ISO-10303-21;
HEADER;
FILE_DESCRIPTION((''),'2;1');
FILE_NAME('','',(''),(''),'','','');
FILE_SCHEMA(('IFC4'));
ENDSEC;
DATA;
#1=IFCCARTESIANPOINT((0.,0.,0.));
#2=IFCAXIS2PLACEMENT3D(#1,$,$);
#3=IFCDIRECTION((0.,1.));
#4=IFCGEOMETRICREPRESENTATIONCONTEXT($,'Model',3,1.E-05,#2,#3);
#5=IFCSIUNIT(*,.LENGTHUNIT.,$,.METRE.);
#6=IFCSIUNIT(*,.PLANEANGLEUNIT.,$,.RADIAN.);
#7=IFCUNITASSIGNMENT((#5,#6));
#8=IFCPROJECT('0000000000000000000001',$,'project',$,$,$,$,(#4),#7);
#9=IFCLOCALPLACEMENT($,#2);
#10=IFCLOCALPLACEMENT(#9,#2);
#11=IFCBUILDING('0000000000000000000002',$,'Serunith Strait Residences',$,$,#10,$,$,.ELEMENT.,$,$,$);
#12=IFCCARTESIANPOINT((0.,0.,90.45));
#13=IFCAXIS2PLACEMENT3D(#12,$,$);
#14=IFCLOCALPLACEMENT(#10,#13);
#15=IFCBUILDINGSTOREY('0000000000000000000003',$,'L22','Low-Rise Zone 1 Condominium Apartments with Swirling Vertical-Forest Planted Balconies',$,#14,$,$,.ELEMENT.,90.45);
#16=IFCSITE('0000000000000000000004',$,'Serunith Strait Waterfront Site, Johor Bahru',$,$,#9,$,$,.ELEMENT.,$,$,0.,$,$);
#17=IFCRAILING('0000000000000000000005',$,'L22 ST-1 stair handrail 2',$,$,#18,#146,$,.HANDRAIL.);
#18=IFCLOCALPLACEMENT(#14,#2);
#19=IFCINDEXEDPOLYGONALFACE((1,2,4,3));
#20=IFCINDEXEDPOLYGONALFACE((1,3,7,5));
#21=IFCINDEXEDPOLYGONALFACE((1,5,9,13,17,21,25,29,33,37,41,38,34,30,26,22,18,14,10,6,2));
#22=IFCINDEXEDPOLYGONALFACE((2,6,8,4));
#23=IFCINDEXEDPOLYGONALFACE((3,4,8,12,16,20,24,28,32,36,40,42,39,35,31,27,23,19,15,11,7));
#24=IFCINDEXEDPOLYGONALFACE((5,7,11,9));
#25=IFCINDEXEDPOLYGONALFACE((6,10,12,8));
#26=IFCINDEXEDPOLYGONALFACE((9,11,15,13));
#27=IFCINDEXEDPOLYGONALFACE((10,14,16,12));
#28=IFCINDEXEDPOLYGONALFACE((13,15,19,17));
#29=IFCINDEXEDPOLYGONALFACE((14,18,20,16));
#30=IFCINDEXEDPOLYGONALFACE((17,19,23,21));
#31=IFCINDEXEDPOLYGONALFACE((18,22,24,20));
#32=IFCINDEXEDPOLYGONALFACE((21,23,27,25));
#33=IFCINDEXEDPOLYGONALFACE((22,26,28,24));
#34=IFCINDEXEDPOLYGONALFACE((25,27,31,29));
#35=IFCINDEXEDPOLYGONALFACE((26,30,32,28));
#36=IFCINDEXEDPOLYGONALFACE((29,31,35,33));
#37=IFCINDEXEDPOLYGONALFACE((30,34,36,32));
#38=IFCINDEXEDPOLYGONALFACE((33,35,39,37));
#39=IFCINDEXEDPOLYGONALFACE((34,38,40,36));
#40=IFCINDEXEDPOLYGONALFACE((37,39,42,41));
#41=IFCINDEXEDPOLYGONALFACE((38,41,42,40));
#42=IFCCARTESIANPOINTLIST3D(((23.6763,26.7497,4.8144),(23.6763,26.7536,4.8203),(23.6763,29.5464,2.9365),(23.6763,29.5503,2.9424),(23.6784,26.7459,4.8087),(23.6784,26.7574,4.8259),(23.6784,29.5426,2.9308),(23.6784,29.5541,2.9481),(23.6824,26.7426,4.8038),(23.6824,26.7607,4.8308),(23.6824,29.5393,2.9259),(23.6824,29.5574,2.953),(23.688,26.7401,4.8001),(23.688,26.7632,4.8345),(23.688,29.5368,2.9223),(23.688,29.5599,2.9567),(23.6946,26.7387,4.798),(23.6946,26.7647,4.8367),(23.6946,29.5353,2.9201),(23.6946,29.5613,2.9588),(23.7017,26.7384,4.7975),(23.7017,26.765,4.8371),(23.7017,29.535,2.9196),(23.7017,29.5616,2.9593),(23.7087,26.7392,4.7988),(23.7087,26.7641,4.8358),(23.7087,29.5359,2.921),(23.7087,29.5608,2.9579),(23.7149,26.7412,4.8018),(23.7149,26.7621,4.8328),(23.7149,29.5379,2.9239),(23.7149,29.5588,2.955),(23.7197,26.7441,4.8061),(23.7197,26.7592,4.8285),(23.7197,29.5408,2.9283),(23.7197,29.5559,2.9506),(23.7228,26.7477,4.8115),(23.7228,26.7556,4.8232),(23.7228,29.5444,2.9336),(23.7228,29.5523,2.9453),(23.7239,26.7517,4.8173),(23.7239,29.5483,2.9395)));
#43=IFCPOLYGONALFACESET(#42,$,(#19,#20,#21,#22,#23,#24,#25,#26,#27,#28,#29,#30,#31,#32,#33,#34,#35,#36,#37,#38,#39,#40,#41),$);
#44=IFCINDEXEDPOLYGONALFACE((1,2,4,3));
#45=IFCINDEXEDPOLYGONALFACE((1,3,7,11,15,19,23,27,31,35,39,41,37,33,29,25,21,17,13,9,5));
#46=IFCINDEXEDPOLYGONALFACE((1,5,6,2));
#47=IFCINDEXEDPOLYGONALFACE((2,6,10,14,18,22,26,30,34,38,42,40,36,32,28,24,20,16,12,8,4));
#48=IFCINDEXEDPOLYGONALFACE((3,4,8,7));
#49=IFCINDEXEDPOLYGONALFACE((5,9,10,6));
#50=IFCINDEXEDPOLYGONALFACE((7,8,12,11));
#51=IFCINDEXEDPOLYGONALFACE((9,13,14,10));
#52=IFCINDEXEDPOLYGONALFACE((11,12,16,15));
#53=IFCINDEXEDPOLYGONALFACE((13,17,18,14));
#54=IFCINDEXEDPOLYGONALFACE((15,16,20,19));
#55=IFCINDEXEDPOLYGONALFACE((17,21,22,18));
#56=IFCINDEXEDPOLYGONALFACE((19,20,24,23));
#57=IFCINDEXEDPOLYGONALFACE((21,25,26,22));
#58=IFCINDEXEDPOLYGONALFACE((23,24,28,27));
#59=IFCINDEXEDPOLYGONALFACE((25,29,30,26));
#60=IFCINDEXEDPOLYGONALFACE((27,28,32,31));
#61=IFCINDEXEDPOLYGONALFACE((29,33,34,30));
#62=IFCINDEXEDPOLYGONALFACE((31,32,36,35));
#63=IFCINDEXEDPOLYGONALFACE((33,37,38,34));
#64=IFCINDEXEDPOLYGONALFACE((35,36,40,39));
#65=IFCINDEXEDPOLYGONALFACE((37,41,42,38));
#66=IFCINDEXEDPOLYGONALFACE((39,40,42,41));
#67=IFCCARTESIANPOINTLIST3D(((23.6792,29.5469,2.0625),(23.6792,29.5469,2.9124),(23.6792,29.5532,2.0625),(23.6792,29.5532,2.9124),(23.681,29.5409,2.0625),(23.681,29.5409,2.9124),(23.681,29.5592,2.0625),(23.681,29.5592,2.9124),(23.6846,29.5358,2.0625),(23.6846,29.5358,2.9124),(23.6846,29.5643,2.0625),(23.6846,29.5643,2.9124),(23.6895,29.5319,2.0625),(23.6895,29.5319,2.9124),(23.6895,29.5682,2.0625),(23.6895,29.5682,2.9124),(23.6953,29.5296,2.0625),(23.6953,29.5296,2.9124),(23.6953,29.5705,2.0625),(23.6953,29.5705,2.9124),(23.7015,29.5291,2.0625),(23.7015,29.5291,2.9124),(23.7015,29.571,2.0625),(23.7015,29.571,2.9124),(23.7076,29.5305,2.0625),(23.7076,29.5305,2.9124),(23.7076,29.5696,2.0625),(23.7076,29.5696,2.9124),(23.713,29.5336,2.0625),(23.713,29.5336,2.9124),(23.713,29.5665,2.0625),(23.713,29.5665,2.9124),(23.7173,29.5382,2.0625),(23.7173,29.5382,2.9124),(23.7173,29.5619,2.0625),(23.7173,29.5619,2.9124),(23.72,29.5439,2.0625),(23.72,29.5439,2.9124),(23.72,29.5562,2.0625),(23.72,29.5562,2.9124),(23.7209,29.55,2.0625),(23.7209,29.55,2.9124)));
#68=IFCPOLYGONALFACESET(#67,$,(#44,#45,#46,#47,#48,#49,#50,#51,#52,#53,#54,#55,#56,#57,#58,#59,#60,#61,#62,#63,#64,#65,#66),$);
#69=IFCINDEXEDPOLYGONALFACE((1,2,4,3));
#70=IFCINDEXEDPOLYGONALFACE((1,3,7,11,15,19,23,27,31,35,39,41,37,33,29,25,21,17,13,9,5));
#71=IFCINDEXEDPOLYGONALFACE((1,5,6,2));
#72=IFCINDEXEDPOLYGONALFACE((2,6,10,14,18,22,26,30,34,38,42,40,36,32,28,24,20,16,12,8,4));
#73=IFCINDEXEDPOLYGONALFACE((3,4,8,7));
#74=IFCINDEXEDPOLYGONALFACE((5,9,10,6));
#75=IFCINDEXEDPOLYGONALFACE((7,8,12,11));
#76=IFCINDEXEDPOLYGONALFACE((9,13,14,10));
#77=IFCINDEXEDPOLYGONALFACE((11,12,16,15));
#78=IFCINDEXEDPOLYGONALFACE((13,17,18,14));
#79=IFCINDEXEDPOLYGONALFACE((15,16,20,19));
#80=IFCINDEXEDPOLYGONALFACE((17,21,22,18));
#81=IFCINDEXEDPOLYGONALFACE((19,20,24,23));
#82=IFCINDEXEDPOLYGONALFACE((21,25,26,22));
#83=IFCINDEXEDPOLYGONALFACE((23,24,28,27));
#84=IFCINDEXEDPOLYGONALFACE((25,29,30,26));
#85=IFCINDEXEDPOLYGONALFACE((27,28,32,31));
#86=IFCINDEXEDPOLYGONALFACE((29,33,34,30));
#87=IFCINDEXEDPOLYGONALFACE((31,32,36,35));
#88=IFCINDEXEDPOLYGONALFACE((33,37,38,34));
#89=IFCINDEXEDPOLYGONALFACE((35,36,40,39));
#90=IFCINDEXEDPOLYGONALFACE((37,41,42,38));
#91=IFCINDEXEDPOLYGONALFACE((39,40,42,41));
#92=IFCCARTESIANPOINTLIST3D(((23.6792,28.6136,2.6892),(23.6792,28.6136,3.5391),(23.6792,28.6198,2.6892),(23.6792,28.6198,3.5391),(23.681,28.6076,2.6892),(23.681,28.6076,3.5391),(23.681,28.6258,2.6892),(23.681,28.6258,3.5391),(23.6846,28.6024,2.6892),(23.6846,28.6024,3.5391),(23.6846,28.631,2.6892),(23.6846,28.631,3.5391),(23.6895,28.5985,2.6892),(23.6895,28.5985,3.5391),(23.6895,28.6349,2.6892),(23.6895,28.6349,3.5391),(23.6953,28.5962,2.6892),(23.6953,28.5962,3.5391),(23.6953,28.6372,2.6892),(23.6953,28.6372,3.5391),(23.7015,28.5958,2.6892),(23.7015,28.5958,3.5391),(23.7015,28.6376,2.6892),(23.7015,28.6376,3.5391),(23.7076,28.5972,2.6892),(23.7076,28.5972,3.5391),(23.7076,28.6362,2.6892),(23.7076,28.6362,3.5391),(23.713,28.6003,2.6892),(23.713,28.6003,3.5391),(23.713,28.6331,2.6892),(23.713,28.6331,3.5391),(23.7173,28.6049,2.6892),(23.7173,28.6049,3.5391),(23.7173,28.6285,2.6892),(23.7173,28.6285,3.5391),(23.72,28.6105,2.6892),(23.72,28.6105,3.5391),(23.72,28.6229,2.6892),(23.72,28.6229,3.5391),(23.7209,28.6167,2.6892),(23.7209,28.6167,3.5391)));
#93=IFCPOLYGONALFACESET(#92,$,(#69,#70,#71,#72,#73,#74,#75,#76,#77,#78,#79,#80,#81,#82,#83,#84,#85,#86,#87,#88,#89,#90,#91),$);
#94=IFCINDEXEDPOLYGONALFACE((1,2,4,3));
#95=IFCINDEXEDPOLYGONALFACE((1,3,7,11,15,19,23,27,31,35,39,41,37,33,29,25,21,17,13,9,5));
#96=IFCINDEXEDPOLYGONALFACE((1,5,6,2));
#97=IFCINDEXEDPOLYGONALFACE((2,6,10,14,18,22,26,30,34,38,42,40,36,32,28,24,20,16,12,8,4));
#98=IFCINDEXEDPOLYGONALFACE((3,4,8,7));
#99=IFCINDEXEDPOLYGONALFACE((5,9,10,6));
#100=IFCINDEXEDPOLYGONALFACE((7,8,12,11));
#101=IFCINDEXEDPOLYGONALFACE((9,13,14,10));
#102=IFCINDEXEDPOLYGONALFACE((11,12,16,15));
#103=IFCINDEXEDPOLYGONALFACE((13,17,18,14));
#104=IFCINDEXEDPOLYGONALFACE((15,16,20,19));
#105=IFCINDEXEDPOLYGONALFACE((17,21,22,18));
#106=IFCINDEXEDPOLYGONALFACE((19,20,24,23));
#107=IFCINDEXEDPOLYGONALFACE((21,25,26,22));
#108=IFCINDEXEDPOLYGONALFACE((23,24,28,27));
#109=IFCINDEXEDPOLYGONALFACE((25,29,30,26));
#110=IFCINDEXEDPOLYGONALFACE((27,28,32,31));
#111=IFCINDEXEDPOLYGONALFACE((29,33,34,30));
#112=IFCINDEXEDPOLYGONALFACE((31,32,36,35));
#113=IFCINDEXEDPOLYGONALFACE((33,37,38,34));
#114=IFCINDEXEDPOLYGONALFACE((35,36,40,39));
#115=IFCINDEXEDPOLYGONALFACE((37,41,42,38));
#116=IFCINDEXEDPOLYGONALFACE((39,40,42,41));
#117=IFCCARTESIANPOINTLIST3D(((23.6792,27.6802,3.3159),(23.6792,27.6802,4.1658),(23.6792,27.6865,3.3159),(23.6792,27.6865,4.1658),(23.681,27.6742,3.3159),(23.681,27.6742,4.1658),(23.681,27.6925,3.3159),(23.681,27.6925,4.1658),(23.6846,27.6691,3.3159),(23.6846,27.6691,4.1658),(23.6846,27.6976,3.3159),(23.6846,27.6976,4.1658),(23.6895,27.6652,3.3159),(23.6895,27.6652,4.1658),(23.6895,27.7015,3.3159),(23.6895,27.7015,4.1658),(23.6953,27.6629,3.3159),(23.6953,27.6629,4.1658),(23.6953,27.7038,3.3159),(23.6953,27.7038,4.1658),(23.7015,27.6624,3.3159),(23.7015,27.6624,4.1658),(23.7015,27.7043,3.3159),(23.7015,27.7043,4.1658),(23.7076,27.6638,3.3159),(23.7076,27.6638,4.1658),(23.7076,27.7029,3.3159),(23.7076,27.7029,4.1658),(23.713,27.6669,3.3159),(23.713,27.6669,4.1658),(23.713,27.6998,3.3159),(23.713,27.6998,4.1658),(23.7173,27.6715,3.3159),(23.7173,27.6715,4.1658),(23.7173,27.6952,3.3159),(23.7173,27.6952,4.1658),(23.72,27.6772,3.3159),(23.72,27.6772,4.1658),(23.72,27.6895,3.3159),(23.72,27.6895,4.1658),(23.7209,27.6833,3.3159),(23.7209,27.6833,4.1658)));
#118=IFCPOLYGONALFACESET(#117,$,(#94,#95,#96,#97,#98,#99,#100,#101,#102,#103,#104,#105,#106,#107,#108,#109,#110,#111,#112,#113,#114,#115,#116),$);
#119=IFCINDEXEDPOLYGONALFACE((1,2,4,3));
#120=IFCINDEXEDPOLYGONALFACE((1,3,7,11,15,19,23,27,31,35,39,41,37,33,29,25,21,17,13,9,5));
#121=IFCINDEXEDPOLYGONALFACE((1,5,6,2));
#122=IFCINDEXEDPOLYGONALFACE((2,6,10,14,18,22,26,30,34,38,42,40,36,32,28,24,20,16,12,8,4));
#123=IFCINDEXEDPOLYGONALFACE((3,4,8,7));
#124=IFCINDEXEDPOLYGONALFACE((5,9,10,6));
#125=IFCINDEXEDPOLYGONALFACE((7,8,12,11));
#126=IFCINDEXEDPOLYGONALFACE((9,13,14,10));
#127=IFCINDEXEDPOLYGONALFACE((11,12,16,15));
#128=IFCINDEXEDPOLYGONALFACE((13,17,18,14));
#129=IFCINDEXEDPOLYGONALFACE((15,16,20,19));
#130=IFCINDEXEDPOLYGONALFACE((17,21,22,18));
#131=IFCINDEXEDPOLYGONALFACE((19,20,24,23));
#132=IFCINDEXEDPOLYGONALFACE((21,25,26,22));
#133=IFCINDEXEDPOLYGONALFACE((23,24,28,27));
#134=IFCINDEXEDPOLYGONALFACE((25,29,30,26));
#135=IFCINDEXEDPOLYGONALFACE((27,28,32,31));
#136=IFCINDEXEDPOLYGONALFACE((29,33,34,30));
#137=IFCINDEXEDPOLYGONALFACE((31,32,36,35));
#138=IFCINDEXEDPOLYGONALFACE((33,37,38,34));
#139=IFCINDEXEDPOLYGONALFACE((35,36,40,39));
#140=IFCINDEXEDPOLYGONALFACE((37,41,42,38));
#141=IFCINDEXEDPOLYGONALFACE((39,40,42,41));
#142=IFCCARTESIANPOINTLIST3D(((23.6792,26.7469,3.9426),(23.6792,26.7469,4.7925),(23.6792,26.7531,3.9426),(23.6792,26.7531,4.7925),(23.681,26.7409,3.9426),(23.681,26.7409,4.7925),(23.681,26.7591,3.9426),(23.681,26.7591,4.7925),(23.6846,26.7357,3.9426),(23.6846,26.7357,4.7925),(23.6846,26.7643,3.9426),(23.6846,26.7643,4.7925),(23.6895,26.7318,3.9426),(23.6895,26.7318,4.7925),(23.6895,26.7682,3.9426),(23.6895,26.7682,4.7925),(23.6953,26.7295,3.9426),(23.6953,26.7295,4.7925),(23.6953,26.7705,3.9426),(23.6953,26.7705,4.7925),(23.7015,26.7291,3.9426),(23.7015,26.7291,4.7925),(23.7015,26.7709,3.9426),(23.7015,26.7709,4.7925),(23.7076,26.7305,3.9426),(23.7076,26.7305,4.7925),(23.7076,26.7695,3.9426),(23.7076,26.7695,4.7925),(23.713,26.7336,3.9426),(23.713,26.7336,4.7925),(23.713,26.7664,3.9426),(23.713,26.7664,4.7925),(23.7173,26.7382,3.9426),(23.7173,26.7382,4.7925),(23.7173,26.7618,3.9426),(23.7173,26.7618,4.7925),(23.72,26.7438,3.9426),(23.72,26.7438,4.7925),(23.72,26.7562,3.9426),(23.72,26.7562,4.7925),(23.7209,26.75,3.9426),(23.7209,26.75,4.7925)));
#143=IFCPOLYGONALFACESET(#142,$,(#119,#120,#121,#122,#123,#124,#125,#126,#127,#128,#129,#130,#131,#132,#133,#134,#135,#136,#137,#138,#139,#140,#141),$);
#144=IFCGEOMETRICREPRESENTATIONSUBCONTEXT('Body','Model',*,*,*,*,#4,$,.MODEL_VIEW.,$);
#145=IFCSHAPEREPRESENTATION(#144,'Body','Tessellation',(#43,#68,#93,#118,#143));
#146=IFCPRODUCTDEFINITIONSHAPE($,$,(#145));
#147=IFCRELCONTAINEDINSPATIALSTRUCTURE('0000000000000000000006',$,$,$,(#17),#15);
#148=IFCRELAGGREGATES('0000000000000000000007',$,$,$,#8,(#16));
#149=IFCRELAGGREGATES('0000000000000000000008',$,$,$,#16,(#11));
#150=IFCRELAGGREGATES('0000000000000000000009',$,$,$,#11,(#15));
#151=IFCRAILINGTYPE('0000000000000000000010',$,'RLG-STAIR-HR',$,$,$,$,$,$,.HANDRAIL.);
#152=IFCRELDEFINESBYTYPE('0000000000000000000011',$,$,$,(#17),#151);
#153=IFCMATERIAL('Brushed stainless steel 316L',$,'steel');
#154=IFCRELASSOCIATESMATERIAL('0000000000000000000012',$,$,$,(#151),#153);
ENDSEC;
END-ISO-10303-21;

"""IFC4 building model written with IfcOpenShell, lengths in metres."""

from ifc_helpers import new_model, si_unit, direction, frame, origin, origin_2d, place, context, subcontext, project, spatial, circle, extrude, material, type_object, element, save


model = new_model("IFC4")

# Units and contexts
model_context = context("Model", 3, precision=1e-05, world=origin(), true_north=direction((0.0, 1.0)))
body_context = subcontext(model_context, "Body", "Model", "MODEL_VIEW")
ifc_project = project(units=[si_unit("LENGTHUNIT", "METRE"), si_unit("PLANEANGLEUNIT", "RADIAN")], contexts=[model_context])

# Site, building, storey
site_placement = place(None, origin())
site = spatial("IfcSite", under=ifc_project, at=site_placement, Name="Serunith Strait Waterfront Site, Johor Bahru", CompositionType="ELEMENT", RefElevation=0.0)
building_placement = place(site_placement, origin())
building = spatial("IfcBuilding", under=site, at=building_placement, Name="Serunith Strait Residences", CompositionType="ELEMENT")
storey_placement = place(building_placement, frame((0.0, 0.0, 90.45)))
storey = spatial("IfcBuildingStorey", under=building, at=storey_placement, Name="L22", Description="Low-Rise Zone 1 Condominium Apartments with Swirling Vertical-Forest Planted Balconies", CompositionType="ELEMENT", Elevation=90.45)

# Railing
ifc_material_1 = material(Name="Brushed stainless steel 316L", Category="steel")
railing_type_1 = type_object("IfcRailingType", Name="RLG-STAIR-HR", PredefinedType="HANDRAIL", material=ifc_material_1)
railing_1_placement = place(storey_placement, frame((23.7, 29.55, 2.0625)))
element("IfcRailing", 1, at=railing_1_placement, inside=storey, type_object=railing_type_1, Name="L22 ST-1 stair handrail 2", PredefinedType="HANDRAIL", context=body_context, shape_type="SweptSolid", body=[
    extrude(circle(Radius=0.0239, at=origin_2d()), frame((0.0, -0.0017, 0.877), z_axis=(0.0, -0.830208, 0.557453), x_axis=(1.0, 0.0, 0.0)), (0.0, 0.0, 1.0), 3.3687),
    extrude(circle(Radius=0.021, at=origin_2d()), origin(), (0.0, 0.0, 1.0), 0.8499),
    extrude(circle(Radius=0.021, at=origin_2d()), frame((0.0, -0.9333, 0.6267)), (0.0, 0.0, 1.0), 0.8499),
    extrude(circle(Radius=0.021, at=origin_2d()), frame((0.0, -1.8667, 1.2534)), (0.0, 0.0, 1.0), 0.8499),
    extrude(circle(Radius=0.021, at=origin_2d()), frame((0.0, -2.8, 1.8801)), (0.0, 0.0, 1.0), 0.8499),
])

save(model, "model.ifc")
